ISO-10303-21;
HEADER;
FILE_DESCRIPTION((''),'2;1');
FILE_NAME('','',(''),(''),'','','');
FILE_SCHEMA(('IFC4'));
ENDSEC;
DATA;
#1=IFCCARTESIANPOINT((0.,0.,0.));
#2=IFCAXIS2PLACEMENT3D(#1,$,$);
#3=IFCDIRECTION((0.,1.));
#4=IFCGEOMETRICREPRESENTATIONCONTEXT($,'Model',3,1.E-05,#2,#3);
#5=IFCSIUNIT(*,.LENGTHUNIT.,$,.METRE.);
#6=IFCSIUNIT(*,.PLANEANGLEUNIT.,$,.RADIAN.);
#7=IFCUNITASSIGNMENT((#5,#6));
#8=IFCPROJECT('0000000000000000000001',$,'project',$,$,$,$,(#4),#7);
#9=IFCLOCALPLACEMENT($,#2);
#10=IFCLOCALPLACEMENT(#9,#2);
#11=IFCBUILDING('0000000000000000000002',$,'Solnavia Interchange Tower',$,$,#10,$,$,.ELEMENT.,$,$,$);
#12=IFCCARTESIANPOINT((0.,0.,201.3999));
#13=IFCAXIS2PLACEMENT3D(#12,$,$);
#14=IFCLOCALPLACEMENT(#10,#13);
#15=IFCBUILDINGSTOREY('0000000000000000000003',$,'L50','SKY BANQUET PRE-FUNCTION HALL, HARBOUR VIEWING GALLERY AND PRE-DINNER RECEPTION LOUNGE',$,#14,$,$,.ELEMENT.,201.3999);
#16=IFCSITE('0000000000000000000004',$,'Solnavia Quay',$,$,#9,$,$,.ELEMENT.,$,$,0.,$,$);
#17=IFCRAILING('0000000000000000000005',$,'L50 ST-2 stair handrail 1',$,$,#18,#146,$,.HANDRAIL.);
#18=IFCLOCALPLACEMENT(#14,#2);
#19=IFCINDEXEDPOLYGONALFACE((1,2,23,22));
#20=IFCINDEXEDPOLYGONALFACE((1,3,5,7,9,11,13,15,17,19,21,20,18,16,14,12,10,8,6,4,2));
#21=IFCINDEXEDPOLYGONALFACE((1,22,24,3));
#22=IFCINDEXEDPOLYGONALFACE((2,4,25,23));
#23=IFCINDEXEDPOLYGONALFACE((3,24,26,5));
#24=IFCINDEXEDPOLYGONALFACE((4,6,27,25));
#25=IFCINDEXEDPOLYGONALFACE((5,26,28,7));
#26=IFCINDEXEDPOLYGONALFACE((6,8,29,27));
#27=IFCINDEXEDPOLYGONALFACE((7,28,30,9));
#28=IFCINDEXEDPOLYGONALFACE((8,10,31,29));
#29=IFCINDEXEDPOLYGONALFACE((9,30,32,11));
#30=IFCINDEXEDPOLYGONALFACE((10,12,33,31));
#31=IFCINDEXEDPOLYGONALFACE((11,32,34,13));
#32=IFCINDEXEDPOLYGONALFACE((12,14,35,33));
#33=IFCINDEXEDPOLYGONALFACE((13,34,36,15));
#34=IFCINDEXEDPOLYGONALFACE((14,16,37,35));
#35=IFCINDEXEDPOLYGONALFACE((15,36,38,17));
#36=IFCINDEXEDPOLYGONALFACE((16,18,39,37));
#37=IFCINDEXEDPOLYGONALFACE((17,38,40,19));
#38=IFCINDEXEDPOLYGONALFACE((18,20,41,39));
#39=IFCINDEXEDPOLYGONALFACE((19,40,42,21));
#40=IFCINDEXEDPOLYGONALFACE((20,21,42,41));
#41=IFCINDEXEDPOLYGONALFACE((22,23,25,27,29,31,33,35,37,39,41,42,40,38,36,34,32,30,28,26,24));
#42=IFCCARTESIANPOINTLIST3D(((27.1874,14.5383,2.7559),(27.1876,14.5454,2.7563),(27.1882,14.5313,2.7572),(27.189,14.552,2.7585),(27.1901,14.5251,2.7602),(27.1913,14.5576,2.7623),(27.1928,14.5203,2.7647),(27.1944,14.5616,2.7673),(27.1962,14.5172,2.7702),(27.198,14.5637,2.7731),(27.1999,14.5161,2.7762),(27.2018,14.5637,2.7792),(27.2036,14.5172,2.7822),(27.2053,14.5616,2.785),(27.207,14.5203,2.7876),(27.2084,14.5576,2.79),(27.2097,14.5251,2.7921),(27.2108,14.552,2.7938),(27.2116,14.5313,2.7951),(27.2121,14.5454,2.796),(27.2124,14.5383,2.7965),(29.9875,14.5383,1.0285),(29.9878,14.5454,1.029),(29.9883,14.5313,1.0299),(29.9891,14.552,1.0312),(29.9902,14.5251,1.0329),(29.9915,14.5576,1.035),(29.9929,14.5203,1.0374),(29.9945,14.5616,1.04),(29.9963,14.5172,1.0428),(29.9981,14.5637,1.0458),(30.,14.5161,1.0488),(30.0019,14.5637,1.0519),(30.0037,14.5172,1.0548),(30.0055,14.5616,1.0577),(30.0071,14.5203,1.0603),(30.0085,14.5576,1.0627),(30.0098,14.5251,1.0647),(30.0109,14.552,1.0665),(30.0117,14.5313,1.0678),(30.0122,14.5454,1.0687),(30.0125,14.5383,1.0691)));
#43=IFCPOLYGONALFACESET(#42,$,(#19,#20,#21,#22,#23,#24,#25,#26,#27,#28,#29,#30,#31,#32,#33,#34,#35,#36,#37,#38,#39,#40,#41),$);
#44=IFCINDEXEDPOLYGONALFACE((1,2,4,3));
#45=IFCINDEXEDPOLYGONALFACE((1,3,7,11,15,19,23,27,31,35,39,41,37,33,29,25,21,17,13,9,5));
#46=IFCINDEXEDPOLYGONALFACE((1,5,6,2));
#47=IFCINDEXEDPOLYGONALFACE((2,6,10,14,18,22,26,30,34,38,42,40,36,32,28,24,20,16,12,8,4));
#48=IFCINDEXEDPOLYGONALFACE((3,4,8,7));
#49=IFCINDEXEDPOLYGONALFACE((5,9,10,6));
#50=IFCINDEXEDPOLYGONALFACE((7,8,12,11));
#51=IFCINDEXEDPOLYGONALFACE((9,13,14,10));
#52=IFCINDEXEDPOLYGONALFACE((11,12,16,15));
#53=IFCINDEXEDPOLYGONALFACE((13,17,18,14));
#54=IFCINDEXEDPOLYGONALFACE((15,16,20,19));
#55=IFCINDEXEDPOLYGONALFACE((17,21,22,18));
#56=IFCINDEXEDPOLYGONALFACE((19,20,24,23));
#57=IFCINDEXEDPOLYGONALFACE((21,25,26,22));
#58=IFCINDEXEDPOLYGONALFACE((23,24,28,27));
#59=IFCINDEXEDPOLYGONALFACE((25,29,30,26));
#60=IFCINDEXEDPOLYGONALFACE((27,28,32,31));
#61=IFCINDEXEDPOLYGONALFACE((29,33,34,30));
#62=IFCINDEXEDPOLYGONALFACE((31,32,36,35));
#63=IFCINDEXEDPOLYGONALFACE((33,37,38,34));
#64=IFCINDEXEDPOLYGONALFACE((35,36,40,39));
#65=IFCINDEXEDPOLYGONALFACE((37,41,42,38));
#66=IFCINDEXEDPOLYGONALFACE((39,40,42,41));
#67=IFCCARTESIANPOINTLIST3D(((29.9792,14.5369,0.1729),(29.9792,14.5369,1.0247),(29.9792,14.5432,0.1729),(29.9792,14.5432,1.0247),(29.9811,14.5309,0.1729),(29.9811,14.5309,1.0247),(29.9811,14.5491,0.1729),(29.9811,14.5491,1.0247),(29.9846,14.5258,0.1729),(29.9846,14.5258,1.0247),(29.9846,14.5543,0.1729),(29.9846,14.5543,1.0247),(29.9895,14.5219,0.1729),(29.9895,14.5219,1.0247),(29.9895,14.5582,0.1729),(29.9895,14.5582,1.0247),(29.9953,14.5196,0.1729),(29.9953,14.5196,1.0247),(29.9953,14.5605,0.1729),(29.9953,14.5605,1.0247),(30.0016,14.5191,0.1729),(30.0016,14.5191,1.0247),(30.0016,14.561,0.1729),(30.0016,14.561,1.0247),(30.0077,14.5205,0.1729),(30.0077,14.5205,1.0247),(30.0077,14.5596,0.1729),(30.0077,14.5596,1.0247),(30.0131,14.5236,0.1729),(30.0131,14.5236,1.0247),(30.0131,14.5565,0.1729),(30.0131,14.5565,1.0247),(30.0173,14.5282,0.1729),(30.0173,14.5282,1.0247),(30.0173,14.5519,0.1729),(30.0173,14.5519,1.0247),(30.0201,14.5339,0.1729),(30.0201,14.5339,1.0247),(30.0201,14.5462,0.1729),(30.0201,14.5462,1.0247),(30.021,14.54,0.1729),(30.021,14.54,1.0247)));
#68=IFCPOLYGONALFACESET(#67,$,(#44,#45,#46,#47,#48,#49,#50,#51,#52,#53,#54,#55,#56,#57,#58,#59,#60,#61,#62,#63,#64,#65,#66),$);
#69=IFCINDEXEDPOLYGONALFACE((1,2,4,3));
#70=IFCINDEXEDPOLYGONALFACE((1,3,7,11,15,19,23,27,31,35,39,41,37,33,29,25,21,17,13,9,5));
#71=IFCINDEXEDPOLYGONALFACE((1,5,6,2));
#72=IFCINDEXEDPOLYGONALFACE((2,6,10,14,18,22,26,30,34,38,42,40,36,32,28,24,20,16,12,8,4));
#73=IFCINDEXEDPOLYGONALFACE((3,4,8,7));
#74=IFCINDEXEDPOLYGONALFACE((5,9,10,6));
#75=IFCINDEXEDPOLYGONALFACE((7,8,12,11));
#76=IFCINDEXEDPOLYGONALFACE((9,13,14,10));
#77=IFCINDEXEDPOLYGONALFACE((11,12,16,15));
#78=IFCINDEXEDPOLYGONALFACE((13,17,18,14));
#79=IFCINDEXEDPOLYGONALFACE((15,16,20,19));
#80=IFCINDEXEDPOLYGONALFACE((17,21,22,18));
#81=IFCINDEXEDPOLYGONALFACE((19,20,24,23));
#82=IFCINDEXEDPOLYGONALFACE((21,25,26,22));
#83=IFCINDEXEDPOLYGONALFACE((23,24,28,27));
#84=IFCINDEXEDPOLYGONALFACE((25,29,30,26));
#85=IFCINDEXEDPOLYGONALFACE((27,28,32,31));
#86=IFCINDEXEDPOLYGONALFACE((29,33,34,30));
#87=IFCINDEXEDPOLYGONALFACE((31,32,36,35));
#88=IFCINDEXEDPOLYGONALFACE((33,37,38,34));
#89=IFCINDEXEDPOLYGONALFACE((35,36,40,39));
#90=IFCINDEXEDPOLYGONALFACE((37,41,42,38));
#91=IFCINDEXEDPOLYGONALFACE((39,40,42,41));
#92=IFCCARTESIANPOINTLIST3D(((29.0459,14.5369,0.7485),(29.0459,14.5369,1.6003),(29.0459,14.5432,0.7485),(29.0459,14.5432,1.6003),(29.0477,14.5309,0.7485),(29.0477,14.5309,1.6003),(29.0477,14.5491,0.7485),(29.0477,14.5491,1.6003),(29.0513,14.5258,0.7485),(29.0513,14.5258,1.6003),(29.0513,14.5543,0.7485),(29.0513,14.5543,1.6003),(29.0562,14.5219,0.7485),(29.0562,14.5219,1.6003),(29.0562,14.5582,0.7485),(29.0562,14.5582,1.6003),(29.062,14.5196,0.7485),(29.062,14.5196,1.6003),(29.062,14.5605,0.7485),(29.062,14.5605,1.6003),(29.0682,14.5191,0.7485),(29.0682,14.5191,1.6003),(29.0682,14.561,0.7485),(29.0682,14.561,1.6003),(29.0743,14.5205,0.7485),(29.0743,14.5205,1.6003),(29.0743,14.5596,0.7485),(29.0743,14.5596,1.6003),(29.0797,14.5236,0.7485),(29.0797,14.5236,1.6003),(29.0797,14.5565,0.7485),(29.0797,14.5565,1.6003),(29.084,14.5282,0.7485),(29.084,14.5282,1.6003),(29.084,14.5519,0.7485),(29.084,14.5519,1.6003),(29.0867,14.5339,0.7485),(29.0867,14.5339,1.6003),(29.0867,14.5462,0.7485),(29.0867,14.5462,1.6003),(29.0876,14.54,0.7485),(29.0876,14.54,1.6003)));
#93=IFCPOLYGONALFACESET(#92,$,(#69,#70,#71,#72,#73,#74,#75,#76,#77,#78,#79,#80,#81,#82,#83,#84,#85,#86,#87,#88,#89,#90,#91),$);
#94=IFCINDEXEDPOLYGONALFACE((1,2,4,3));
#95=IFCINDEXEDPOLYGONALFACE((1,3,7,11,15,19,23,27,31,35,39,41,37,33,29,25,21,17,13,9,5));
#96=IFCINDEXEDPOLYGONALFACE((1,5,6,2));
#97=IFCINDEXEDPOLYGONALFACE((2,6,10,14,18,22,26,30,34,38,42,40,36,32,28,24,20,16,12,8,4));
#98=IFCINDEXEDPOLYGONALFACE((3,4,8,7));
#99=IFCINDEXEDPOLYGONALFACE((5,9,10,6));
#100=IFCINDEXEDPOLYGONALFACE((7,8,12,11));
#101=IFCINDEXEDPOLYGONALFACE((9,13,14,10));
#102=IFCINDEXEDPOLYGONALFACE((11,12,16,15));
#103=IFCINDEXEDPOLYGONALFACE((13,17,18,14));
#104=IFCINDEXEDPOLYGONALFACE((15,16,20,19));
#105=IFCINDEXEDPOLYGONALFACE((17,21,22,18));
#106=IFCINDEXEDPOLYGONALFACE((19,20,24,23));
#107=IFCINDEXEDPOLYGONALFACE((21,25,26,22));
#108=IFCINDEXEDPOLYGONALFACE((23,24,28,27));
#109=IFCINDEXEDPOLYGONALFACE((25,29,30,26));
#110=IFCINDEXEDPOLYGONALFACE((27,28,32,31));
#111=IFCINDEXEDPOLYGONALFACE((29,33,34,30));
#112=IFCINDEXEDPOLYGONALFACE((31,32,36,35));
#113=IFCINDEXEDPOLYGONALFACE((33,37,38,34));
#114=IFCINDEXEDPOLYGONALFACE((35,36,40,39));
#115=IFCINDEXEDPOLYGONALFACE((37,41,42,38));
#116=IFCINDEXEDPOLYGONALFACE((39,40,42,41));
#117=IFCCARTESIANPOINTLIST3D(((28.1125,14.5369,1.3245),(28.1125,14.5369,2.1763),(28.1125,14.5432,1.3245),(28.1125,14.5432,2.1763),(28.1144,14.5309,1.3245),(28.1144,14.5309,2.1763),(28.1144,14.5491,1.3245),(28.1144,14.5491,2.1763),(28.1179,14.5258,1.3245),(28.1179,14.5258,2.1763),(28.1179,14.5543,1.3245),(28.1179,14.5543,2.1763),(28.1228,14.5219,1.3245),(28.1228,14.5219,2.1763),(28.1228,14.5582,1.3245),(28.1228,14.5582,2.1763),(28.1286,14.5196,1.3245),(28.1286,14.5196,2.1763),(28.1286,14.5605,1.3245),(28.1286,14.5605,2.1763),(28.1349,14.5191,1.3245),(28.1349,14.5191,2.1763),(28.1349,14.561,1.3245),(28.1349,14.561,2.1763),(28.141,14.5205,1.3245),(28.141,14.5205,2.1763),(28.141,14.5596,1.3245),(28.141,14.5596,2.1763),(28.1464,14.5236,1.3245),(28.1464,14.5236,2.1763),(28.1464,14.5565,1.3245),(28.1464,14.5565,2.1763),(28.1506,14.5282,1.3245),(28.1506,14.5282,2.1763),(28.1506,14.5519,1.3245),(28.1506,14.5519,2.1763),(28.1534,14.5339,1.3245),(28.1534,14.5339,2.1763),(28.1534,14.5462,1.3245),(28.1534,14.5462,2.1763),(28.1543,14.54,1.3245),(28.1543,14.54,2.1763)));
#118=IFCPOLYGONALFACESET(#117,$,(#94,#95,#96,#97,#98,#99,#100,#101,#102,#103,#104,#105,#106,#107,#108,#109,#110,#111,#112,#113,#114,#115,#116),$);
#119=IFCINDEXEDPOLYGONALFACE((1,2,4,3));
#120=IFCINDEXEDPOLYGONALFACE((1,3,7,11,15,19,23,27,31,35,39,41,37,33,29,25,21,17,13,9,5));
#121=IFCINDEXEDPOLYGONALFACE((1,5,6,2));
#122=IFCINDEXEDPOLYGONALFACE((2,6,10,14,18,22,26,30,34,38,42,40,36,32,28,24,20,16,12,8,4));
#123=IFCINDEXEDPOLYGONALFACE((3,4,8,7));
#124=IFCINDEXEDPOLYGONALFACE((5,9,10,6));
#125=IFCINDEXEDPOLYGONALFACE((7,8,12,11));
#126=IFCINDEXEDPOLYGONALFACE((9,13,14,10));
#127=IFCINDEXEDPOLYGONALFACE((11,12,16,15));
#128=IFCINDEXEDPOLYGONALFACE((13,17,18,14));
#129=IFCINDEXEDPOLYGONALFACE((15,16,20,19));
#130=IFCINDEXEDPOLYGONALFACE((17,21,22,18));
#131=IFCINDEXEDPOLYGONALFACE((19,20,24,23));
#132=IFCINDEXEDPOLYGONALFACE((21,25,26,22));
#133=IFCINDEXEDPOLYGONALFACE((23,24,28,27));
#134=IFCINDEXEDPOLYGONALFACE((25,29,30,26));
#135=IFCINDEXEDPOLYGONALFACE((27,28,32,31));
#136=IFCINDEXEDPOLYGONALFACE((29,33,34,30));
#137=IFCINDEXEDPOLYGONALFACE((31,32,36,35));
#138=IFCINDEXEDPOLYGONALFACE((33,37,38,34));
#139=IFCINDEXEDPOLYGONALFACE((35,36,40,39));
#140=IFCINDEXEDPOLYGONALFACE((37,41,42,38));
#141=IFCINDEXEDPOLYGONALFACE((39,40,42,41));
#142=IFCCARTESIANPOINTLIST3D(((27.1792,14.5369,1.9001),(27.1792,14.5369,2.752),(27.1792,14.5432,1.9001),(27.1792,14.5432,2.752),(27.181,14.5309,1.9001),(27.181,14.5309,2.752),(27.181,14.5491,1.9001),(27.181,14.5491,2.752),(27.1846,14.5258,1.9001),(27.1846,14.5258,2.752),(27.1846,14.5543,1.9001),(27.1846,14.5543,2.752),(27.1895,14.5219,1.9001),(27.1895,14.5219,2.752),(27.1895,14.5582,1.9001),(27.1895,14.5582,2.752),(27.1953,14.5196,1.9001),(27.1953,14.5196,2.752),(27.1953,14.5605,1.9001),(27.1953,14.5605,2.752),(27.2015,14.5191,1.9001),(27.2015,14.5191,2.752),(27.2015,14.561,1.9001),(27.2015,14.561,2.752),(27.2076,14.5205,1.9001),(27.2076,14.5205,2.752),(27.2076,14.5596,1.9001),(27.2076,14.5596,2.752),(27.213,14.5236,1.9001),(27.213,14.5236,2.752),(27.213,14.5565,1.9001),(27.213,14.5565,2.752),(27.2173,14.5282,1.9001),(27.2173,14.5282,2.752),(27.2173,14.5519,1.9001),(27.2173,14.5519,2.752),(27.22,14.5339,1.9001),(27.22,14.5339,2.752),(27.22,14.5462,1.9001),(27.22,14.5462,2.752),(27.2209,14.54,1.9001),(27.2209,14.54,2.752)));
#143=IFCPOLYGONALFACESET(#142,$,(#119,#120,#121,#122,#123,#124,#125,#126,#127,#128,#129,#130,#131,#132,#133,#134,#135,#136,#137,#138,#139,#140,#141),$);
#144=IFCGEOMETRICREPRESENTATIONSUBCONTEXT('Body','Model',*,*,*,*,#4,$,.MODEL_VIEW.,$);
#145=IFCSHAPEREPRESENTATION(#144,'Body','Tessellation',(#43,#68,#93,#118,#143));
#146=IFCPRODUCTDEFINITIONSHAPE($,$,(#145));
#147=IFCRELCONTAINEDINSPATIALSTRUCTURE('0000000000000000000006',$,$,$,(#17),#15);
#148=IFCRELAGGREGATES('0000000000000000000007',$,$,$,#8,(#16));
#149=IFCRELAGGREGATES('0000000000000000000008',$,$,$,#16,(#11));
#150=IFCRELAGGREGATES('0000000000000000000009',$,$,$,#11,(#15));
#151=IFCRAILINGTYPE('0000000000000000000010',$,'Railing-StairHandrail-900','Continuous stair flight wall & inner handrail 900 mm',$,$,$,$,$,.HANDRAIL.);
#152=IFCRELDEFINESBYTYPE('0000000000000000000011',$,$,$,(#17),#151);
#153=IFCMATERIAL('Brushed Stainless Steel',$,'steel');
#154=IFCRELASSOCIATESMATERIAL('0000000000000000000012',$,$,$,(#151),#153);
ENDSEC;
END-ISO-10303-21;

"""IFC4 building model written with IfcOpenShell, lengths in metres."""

from ifc_helpers import new_model, si_unit, direction, frame, origin, origin_2d, place, context, subcontext, project, spatial, circle, extrude, material, type_object, element, save


model = new_model("IFC4")

# Units and contexts
model_context = context("Model", 3, precision=1e-05, world=origin(), true_north=direction((0.0, 1.0)))
body_context = subcontext(model_context, "Body", "Model", "MODEL_VIEW")
ifc_project = project(units=[si_unit("LENGTHUNIT", "METRE"), si_unit("PLANEANGLEUNIT", "RADIAN")], contexts=[model_context])

# Site, building, storey
site_placement = place(None, origin())
site = spatial("IfcSite", under=ifc_project, at=site_placement, Name="Solnavia Quay", CompositionType="ELEMENT", RefElevation=0.0)
building_placement = place(site_placement, origin())
building = spatial("IfcBuilding", under=site, at=building_placement, Name="Solnavia Interchange Tower", CompositionType="ELEMENT")
storey_placement = place(building_placement, frame((0.0, 0.0, 201.3999)))
storey = spatial("IfcBuildingStorey", under=building, at=storey_placement, Name="L50", Description="SKY BANQUET PRE-FUNCTION HALL, HARBOUR VIEWING GALLERY AND PRE-DINNER RECEPTION LOUNGE", CompositionType="ELEMENT", Elevation=201.3999)

# Railing
ifc_material_1 = material(Name="Brushed Stainless Steel", Category="steel")
railing_type = type_object("IfcRailingType", Name="Railing-StairHandrail-900", Description="Continuous stair flight wall & inner handrail 900 mm", PredefinedType="HANDRAIL", material=ifc_material_1)
railing_placement = place(storey_placement, frame((30.0, 14.54, 0.1729)))
element("IfcRailing", 1, at=railing_placement, inside=storey, type_object=railing_type, Name="L50 ST-2 stair handrail 1", PredefinedType="HANDRAIL", context=body_context, shape_type="SweptSolid", body=[
    extrude(circle(Radius=0.0239, at=origin_2d()), frame((0.0, 0.0, 0.876), z_axis=(-0.85109, 0.0, 0.52502), x_axis=(0.0, -1.0, 0.0)), (0.0, 0.0, 1.0), 3.29),
    extrude(circle(Radius=0.021, at=origin_2d()), origin(), (0.0, 0.0, 1.0), 0.8518),
    extrude(circle(Radius=0.021, at=origin_2d()), frame((-0.9333, 0.0, 0.5757)), (0.0, 0.0, 1.0), 0.8518),
    extrude(circle(Radius=0.021, at=origin_2d()), frame((-1.8667, 0.0, 1.1516)), (0.0, 0.0, 1.0), 0.8518),
    extrude(circle(Radius=0.021, at=origin_2d()), frame((-2.8, 0.0, 1.7273)), (0.0, 0.0, 1.0), 0.8518),
])

save(model, "model.ifc")
